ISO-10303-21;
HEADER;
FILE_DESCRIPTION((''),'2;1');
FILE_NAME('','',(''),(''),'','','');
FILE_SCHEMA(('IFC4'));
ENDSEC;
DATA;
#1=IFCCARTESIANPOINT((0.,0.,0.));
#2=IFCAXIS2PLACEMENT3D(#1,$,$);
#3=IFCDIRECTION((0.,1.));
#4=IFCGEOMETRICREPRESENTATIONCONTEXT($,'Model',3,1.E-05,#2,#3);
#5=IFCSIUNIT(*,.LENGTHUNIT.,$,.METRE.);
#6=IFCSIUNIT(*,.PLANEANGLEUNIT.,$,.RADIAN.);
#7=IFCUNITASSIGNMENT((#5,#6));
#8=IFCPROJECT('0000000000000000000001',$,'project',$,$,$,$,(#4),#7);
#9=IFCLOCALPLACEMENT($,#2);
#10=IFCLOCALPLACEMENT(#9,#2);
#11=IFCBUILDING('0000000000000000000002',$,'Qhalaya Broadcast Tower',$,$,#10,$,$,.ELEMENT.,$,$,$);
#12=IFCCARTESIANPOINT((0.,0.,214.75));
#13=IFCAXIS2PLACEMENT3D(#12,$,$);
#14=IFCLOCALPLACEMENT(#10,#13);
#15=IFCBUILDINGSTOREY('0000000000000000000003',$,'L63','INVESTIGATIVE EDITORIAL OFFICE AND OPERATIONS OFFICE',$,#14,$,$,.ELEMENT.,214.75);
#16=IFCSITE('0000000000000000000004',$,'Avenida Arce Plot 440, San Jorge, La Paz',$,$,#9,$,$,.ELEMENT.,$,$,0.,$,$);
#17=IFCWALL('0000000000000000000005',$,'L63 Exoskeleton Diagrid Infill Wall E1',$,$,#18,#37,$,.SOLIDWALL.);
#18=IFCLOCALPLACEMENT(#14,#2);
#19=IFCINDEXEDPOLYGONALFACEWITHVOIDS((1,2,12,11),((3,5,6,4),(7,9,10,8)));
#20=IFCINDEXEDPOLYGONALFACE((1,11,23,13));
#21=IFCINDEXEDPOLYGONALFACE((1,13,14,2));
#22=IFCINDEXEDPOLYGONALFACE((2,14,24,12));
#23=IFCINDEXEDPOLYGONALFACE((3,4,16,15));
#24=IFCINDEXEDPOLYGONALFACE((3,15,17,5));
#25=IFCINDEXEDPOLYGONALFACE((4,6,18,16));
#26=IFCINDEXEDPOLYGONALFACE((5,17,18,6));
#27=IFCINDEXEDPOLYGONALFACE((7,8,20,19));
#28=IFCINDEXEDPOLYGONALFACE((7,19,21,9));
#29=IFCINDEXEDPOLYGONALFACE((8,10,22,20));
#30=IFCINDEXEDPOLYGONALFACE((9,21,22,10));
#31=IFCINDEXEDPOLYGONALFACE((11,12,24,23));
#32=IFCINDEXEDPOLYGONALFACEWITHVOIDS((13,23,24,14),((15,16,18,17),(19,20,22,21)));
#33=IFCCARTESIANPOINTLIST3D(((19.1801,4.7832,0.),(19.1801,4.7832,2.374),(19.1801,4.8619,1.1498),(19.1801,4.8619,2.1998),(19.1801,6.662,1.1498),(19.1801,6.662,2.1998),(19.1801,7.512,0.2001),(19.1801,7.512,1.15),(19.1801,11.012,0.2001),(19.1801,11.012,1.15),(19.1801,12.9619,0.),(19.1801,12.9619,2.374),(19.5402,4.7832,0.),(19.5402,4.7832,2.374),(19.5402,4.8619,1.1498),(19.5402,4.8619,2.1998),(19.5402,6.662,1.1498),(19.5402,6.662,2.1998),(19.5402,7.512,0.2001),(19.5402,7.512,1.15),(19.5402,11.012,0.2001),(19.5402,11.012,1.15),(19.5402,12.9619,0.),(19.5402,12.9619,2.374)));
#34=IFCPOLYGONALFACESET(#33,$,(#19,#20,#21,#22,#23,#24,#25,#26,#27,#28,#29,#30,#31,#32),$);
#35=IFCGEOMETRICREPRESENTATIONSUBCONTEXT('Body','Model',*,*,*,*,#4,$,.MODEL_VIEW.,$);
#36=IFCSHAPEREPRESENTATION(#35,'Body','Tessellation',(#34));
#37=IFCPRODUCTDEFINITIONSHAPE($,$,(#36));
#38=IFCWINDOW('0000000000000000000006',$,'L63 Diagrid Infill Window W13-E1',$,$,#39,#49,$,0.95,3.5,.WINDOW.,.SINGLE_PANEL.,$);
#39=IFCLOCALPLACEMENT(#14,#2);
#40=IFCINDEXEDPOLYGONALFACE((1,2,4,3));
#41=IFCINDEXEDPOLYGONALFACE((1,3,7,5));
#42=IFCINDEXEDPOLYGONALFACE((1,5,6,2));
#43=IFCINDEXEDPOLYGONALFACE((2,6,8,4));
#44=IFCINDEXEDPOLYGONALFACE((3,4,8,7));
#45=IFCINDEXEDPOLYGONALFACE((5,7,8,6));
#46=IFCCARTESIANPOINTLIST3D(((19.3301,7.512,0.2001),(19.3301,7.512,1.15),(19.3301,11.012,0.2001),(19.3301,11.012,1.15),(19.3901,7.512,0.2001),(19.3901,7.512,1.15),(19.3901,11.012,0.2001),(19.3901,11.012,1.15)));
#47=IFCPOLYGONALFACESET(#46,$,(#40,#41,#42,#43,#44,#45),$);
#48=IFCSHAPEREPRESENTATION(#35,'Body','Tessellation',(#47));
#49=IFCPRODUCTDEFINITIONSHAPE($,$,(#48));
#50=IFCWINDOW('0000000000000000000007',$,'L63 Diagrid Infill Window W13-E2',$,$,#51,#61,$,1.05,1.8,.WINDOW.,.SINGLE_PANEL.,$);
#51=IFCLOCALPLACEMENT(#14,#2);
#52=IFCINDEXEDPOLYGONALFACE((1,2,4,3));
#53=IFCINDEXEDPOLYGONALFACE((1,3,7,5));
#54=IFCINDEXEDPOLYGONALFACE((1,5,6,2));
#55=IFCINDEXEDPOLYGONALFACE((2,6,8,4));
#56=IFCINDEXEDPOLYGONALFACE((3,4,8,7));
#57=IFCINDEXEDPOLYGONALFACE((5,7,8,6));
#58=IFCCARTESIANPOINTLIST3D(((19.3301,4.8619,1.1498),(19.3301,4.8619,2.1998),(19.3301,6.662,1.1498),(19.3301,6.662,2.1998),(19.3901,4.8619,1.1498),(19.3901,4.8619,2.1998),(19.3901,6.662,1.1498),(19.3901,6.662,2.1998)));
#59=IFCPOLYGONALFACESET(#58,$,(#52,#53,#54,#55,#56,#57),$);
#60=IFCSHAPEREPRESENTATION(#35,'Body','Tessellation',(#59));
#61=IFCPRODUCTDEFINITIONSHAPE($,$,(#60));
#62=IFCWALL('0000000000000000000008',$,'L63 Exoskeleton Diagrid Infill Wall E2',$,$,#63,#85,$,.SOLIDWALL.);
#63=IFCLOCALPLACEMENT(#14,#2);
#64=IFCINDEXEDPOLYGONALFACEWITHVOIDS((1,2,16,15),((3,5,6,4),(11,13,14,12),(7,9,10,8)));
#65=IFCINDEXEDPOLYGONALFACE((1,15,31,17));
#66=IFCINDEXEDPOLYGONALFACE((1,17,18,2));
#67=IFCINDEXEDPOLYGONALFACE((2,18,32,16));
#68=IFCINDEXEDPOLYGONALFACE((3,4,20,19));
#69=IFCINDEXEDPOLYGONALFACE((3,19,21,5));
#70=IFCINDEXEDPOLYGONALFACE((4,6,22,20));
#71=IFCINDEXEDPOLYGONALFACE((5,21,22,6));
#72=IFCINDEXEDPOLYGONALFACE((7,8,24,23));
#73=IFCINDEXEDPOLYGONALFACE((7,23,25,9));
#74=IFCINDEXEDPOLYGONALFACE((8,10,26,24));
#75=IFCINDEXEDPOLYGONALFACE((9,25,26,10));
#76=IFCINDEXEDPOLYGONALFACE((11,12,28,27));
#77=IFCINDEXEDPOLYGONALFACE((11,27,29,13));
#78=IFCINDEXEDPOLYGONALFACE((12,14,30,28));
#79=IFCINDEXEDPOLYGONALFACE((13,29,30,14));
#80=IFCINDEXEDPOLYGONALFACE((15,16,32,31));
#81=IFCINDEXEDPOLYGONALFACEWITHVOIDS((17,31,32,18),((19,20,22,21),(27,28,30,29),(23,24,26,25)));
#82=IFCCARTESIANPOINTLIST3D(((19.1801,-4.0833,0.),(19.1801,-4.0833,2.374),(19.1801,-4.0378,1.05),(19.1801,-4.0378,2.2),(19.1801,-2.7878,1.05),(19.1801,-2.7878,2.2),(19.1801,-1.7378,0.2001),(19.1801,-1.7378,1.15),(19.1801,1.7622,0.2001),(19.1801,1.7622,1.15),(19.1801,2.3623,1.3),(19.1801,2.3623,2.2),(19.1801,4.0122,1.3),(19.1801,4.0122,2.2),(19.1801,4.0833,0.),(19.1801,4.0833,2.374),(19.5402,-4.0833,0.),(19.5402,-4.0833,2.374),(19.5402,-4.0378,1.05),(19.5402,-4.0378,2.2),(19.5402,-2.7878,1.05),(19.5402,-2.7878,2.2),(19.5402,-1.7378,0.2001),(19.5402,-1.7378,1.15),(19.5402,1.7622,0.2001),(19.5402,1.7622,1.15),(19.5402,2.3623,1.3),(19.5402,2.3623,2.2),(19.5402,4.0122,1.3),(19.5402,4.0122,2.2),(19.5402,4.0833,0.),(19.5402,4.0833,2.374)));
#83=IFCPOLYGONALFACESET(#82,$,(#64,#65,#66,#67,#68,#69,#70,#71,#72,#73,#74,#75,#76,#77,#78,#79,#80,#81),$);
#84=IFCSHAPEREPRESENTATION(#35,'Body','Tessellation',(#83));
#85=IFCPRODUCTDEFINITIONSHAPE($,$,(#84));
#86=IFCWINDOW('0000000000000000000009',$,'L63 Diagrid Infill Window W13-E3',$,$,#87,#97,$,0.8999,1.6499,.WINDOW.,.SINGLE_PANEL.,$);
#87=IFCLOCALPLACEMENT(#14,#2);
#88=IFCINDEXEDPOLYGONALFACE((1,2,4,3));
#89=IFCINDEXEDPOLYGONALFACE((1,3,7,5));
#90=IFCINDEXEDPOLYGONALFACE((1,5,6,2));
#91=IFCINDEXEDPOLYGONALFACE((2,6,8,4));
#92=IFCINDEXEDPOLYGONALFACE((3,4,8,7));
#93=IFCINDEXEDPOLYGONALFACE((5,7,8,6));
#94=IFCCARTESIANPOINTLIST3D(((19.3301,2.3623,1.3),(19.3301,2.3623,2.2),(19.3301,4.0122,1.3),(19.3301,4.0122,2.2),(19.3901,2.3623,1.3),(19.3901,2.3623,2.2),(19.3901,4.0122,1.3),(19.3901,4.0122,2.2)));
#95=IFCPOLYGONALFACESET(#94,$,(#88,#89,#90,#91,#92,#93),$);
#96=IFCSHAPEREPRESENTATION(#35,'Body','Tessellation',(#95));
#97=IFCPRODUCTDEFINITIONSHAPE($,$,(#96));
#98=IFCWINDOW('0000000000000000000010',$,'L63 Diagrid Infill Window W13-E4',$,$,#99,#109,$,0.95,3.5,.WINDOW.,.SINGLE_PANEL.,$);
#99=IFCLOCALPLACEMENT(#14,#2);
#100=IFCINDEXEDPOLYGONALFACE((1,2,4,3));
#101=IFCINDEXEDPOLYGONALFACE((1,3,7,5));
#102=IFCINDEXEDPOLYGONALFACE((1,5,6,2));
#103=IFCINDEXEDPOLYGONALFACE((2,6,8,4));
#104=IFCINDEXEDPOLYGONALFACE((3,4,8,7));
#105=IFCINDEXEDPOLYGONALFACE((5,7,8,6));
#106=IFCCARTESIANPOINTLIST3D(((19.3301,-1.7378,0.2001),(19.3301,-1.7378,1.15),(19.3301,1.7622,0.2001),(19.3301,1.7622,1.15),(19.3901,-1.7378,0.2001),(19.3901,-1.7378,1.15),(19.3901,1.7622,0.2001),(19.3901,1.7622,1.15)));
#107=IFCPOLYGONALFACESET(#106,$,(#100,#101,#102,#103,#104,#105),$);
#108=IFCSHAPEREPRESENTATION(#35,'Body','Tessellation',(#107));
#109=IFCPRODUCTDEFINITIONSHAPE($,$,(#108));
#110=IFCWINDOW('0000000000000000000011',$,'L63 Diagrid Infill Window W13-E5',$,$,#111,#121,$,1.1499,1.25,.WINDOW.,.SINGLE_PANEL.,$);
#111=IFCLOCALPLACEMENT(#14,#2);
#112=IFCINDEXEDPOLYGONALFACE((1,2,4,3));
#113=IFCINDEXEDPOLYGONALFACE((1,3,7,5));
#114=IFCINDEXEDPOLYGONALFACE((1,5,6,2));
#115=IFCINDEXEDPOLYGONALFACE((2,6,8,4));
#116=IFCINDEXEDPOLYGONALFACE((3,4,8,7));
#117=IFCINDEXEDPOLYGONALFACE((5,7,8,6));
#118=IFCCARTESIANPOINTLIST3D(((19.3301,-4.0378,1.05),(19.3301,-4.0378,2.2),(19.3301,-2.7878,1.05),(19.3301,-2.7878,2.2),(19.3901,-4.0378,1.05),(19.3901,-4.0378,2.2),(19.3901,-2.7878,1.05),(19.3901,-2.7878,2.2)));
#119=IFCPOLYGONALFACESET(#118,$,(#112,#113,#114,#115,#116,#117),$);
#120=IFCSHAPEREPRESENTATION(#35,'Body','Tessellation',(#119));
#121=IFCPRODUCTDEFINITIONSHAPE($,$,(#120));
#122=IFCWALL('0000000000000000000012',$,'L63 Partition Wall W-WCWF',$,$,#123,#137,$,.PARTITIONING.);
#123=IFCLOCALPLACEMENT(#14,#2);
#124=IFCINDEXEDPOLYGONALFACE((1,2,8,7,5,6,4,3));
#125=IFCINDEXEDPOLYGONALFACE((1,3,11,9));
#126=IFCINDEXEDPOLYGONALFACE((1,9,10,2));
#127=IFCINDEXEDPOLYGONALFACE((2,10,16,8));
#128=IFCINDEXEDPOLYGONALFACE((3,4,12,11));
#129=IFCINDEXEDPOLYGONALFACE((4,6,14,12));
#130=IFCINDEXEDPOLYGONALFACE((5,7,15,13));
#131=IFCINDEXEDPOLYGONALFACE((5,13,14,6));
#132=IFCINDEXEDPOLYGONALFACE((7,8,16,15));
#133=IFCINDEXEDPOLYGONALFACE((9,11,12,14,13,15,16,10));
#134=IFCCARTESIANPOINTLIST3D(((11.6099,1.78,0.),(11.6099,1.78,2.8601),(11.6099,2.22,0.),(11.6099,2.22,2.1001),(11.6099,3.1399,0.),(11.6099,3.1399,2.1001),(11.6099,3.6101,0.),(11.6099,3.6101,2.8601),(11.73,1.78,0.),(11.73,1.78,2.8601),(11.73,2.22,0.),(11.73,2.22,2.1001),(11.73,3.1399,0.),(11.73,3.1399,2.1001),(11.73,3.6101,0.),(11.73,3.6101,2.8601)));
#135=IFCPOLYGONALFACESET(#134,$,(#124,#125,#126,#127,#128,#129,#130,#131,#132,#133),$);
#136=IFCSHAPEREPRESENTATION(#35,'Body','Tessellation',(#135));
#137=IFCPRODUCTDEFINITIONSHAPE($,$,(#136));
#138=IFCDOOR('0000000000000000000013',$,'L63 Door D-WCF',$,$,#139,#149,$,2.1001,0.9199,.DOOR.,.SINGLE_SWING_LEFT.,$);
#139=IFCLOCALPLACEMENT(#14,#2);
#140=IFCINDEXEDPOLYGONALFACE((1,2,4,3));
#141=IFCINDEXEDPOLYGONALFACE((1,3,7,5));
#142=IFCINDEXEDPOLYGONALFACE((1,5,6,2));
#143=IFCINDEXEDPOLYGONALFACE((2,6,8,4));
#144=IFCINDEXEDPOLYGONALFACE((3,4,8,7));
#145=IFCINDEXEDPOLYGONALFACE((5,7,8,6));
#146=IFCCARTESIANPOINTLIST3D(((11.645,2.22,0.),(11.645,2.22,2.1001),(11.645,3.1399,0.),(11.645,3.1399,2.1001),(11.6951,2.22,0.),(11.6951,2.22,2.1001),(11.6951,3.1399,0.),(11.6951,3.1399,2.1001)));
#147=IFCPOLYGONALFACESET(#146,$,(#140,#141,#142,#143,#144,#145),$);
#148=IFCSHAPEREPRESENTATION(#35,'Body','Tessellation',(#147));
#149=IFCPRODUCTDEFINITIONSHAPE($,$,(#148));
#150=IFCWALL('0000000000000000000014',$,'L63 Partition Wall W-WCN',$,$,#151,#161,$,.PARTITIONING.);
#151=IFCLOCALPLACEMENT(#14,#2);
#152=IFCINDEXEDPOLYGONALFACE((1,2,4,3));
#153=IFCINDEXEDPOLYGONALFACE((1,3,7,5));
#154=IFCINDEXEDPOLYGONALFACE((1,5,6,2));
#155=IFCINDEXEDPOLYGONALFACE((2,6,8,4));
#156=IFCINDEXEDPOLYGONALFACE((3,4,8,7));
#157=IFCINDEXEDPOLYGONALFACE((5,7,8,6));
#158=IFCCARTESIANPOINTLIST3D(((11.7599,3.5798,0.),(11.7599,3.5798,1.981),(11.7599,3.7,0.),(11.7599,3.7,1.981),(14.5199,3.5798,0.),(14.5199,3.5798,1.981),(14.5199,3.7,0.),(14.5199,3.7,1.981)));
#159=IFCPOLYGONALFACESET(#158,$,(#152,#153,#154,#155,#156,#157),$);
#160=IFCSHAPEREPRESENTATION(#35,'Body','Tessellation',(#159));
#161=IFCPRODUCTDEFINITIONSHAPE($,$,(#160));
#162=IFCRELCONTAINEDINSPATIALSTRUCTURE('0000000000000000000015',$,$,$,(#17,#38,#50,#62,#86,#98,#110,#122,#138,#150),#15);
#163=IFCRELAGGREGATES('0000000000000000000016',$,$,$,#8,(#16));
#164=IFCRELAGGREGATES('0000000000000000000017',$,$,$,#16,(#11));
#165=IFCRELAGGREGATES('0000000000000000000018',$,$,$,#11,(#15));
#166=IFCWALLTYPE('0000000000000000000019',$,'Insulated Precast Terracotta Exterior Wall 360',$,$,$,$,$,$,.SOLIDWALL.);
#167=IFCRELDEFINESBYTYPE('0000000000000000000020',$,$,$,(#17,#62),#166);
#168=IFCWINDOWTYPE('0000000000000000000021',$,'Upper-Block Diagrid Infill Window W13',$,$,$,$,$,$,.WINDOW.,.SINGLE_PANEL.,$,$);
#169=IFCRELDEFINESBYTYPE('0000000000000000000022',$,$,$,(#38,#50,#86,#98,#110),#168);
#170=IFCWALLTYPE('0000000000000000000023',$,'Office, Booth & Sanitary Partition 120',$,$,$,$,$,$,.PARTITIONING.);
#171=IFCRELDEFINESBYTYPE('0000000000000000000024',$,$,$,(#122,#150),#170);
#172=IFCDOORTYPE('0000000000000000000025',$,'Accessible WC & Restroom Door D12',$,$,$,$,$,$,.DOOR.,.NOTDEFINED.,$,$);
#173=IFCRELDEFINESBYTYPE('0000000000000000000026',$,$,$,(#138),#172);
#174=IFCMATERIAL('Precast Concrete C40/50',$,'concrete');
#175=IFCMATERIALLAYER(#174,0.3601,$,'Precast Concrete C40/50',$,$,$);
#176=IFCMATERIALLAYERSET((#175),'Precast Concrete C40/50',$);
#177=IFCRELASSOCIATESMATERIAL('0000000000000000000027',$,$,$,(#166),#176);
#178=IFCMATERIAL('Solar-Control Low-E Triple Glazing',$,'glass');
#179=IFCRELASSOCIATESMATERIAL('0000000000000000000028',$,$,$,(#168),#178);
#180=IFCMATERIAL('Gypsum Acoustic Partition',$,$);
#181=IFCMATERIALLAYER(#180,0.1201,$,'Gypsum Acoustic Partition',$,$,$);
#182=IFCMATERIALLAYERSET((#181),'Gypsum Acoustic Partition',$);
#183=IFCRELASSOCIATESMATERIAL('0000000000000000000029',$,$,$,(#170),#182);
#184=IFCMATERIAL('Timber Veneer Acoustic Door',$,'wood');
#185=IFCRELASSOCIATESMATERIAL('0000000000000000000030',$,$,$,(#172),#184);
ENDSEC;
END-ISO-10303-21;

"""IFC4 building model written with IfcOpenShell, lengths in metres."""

from ifc_helpers import new_model, si_unit, direction, frame, frame_2d, origin, place, context, subcontext, project, spatial, rectangle, extrude, material, layer, layer_set, type_object, element, fill, save


model = new_model("IFC4")

# Units and contexts
model_context = context("Model", 3, precision=1e-05, world=origin(), true_north=direction((0.0, 1.0)))
body_context = subcontext(model_context, "Body", "Model", "MODEL_VIEW")
ifc_project = project(units=[si_unit("LENGTHUNIT", "METRE"), si_unit("PLANEANGLEUNIT", "RADIAN")], contexts=[model_context])

# Site, building, storey
site_placement = place(None, origin())
site = spatial("IfcSite", under=ifc_project, at=site_placement, Name="Avenida Arce Plot 440, San Jorge, La Paz", CompositionType="ELEMENT", RefElevation=0.0)
building_placement = place(site_placement, origin())
building = spatial("IfcBuilding", under=site, at=building_placement, Name="Qhalaya Broadcast Tower", CompositionType="ELEMENT")
storey_placement = place(building_placement, frame((0.0, 0.0, 214.75)))
storey = spatial("IfcBuildingStorey", under=building, at=storey_placement, Name="L63", Description="INVESTIGATIVE EDITORIAL OFFICE AND OPERATIONS OFFICE", CompositionType="ELEMENT", Elevation=214.75)

# Shared definitions
ifc_material_1 = material(Name="Gypsum Acoustic Partition")
ifc_material_2 = material(Name="Timber Veneer Acoustic Door", Category="wood")

# Walls, openings, windows
ifc_material_3 = material(Name="Precast Concrete C40/50", Category="concrete")
ifc_layer_1 = layer(ifc_material_3, 0.3601, Name="Precast Concrete C40/50")
ifc_layer_set_1 = layer_set([ifc_layer_1], Name="Precast Concrete C40/50")
wall_type_1 = type_object("IfcWallType", Name="Insulated Precast Terracotta Exterior Wall 360", PredefinedType="SOLIDWALL", material=ifc_layer_set_1)
wall_1_placement = place(storey_placement, frame((19.3601, 12.9619, 0.0), z_axis=(0.0, 0.0, 1.0), x_axis=(0.0, -1.0, 0.0)))
wall_1 = element("IfcWall", 1, at=wall_1_placement, inside=storey, type_object=wall_type_1, Name="L63 Exoskeleton Diagrid Infill Wall E1", PredefinedType="SOLIDWALL", context=body_context, shape_type="SweptSolid", body=[
    extrude(rectangle(XDim=8.1787, YDim=0.3601, at=frame_2d((4.0894, 0.0))), origin(), (0.0, 0.0, 1.0), 2.374),
])
opening_1_placement = place(wall_1_placement, frame((1.95, 0.0, 0.2)))
opening_1 = element("IfcOpeningElement", 2, at=opening_1_placement, cuts=wall_1, PredefinedType="OPENING", context=body_context, shape_type="SweptSolid", body=[
    extrude(rectangle(XDim=3.5, YDim=0.95, at=frame_2d((1.75, 0.4751))), frame((0.0, 0.1921, 0.0), z_axis=(0.0, -1.0, 0.0), x_axis=(1.0, 0.0, 0.0)), (0.0, 0.0, 1.0), 0.384),
])
opening_2_placement = place(wall_1_placement, frame((6.3, 0.0, 1.1499)))
opening_2 = element("IfcOpeningElement", 3, at=opening_2_placement, cuts=wall_1, PredefinedType="OPENING", context=body_context, shape_type="SweptSolid", body=[
    extrude(rectangle(XDim=1.8, YDim=1.05, at=frame_2d((0.8999, 0.5249))), frame((0.0, 0.1921, 0.0), z_axis=(0.0, -1.0, 0.0), x_axis=(1.0, 0.0, 0.0)), (0.0, 0.0, 1.0), 0.384),
])
ifc_material_4 = material(Name="Solar-Control Low-E Triple Glazing", Category="glass")
window_type = type_object("IfcWindowType", Name="Upper-Block Diagrid Infill Window W13", PartitioningType="SINGLE_PANEL", PredefinedType="WINDOW", material=ifc_material_4)
window_1_placement = place(opening_1_placement, origin())
window_1 = element("IfcWindow", 4, at=window_1_placement, inside=storey, type_object=window_type, Name="L63 Diagrid Infill Window W13-E1", OverallHeight=0.95, OverallWidth=3.5, PartitioningType="SINGLE_PANEL", PredefinedType="WINDOW", context=body_context, shape_type="SweptSolid", body=[
    extrude(rectangle(XDim=3.5, YDim=0.95, at=frame_2d((1.75, 0.4751))), frame((0.0, 0.03, 0.0), z_axis=(0.0, -1.0, 0.0), x_axis=(1.0, 0.0, 0.0)), (0.0, 0.0, 1.0), 0.0601),
])
fill(opening_1, window_1)
window_2_placement = place(opening_2_placement, origin())
window_2 = element("IfcWindow", 5, at=window_2_placement, inside=storey, type_object=window_type, Name="L63 Diagrid Infill Window W13-E2", OverallHeight=1.05, OverallWidth=1.8, PartitioningType="SINGLE_PANEL", PredefinedType="WINDOW", context=body_context, shape_type="SweptSolid", body=[
    extrude(rectangle(XDim=1.8, YDim=1.05, at=frame_2d((0.8999, 0.5249))), frame((0.0, 0.03, 0.0), z_axis=(0.0, -1.0, 0.0), x_axis=(1.0, 0.0, 0.0)), (0.0, 0.0, 1.0), 0.0601),
])
fill(opening_2, window_2)
wall_2_placement = place(storey_placement, frame((19.3601, 4.0833, 0.0), z_axis=(0.0, 0.0, 1.0), x_axis=(0.0, -1.0, 0.0)))
wall_2 = element("IfcWall", 6, at=wall_2_placement, inside=storey, type_object=wall_type_1, Name="L63 Exoskeleton Diagrid Infill Wall E2", PredefinedType="SOLIDWALL", context=body_context, shape_type="SweptSolid", body=[
    extrude(rectangle(XDim=8.1665, YDim=0.3601, at=frame_2d((4.0833, 0.0))), origin(), (0.0, 0.0, 1.0), 2.374),
])
opening_3_placement = place(wall_2_placement, frame((0.071, 0.0, 1.3)))
opening_3 = element("IfcOpeningElement", 7, at=opening_3_placement, cuts=wall_2, PredefinedType="OPENING", context=body_context, shape_type="SweptSolid", body=[
    extrude(rectangle(XDim=1.6499, YDim=0.8999, at=frame_2d((0.825, 0.45))), frame((0.0, 0.1921, 0.0), z_axis=(0.0, -1.0, 0.0), x_axis=(1.0, 0.0, 0.0)), (0.0, 0.0, 1.0), 0.384),
])
opening_4_placement = place(wall_2_placement, frame((2.321, 0.0, 0.2)))
opening_4 = element("IfcOpeningElement", 8, at=opening_4_placement, cuts=wall_2, PredefinedType="OPENING", context=body_context, shape_type="SweptSolid", body=[
    extrude(rectangle(XDim=3.5, YDim=0.95, at=frame_2d((1.75, 0.4751))), frame((0.0, 0.1921, 0.0), z_axis=(0.0, -1.0, 0.0), x_axis=(1.0, 0.0, 0.0)), (0.0, 0.0, 1.0), 0.384),
])
opening_5_placement = place(wall_2_placement, frame((6.8711, 0.0, 1.05)))
opening_5 = element("IfcOpeningElement", 9, at=opening_5_placement, cuts=wall_2, PredefinedType="OPENING", context=body_context, shape_type="SweptSolid", body=[
    extrude(rectangle(XDim=1.25, YDim=1.1499, at=frame_2d((0.625, 0.575))), frame((0.0, 0.1921, 0.0), z_axis=(0.0, -1.0, 0.0), x_axis=(1.0, 0.0, 0.0)), (0.0, 0.0, 1.0), 0.384),
])
window_3_placement = place(opening_3_placement, origin())
window_3 = element("IfcWindow", 10, at=window_3_placement, inside=storey, type_object=window_type, Name="L63 Diagrid Infill Window W13-E3", OverallHeight=0.8999, OverallWidth=1.6499, PartitioningType="SINGLE_PANEL", PredefinedType="WINDOW", context=body_context, shape_type="SweptSolid", body=[
    extrude(rectangle(XDim=1.6499, YDim=0.8999, at=frame_2d((0.825, 0.45))), frame((0.0, 0.03, 0.0), z_axis=(0.0, -1.0, 0.0), x_axis=(1.0, 0.0, 0.0)), (0.0, 0.0, 1.0), 0.0601),
])
fill(opening_3, window_3)
window_4_placement = place(opening_4_placement, origin())
window_4 = element("IfcWindow", 11, at=window_4_placement, inside=storey, type_object=window_type, Name="L63 Diagrid Infill Window W13-E4", OverallHeight=0.95, OverallWidth=3.5, PartitioningType="SINGLE_PANEL", PredefinedType="WINDOW", context=body_context, shape_type="SweptSolid", body=[
    extrude(rectangle(XDim=3.5, YDim=0.95, at=frame_2d((1.75, 0.4751))), frame((0.0, 0.03, 0.0), z_axis=(0.0, -1.0, 0.0), x_axis=(1.0, 0.0, 0.0)), (0.0, 0.0, 1.0), 0.0601),
])
fill(opening_4, window_4)
window_5_placement = place(opening_5_placement, origin())
window_5 = element("IfcWindow", 12, at=window_5_placement, inside=storey, type_object=window_type, Name="L63 Diagrid Infill Window W13-E5", OverallHeight=1.1499, OverallWidth=1.25, PartitioningType="SINGLE_PANEL", PredefinedType="WINDOW", context=body_context, shape_type="SweptSolid", body=[
    extrude(rectangle(XDim=1.25, YDim=1.1499, at=frame_2d((0.625, 0.575))), frame((0.0, 0.03, 0.0), z_axis=(0.0, -1.0, 0.0), x_axis=(1.0, 0.0, 0.0)), (0.0, 0.0, 1.0), 0.0601),
])
fill(opening_5, window_5)

# Wall, opening, door
ifc_layer_2 = layer(ifc_material_1, 0.1201, Name="Gypsum Acoustic Partition")
ifc_layer_set_2 = layer_set([ifc_layer_2], Name="Gypsum Acoustic Partition")
wall_type_2 = type_object("IfcWallType", Name="Office, Booth & Sanitary Partition 120", PredefinedType="PARTITIONING", material=ifc_layer_set_2)
wall_3_placement = place(storey_placement, frame((11.6699, 1.78, 0.0), z_axis=(0.0, 0.0, 1.0), x_axis=(0.0, 1.0, 0.0)))
wall_3 = element("IfcWall", 13, at=wall_3_placement, inside=storey, type_object=wall_type_2, Name="L63 Partition Wall W-WCWF", PredefinedType="PARTITIONING", context=body_context, shape_type="SweptSolid", body=[
    extrude(rectangle(XDim=1.8301, YDim=0.1201, at=frame_2d((0.915, 0.0))), origin(), (0.0, 0.0, 1.0), 2.8601),
])
opening_6_placement = place(wall_3_placement, frame((0.4399, 0.0, 0.0)))
opening_6 = element("IfcOpeningElement", 14, at=opening_6_placement, cuts=wall_3, PredefinedType="OPENING", context=body_context, shape_type="SweptSolid", body=[
    extrude(rectangle(XDim=0.9199, YDim=2.1001, at=frame_2d((0.46, 1.05))), frame((0.0, 0.072, 0.0), z_axis=(0.0, -1.0, 0.0), x_axis=(1.0, 0.0, 0.0)), (0.0, 0.0, 1.0), 0.144),
])
door_type_1 = type_object("IfcDoorType", Name="Accessible WC & Restroom Door D12", OperationType="NOTDEFINED", PredefinedType="DOOR", material=ifc_material_2)
door_1_placement = place(opening_6_placement, origin())
door_1 = element("IfcDoor", 15, at=door_1_placement, inside=storey, type_object=door_type_1, Name="L63 Door D-WCF", OperationType="SINGLE_SWING_LEFT", OverallHeight=2.1001, OverallWidth=0.9199, PredefinedType="DOOR", context=body_context, shape_type="SweptSolid", body=[
    extrude(rectangle(XDim=0.9199, YDim=2.1001, at=frame_2d((0.46, 1.05))), frame((0.0, 0.0249, 0.0), z_axis=(0.0, -1.0, 0.0), x_axis=(1.0, 0.0, 0.0)), (0.0, 0.0, 1.0), 0.05),
])
fill(opening_6, door_1)

# Wall
wall_4_placement = place(storey_placement, frame((11.76, 3.6399, 0.0), z_axis=(0.0, 0.0, 1.0), x_axis=(1.0, 0.0, 0.0)))
element("IfcWall", 16, at=wall_4_placement, inside=storey, type_object=wall_type_2, Name="L63 Partition Wall W-WCN", PredefinedType="PARTITIONING", context=body_context, shape_type="SweptSolid", body=[
    extrude(rectangle(XDim=2.76, YDim=0.1201, at=frame_2d((1.3799, 0.0))), origin(), (0.0, 0.0, 1.0), 1.981),
])

save(model, "model.ifc")
